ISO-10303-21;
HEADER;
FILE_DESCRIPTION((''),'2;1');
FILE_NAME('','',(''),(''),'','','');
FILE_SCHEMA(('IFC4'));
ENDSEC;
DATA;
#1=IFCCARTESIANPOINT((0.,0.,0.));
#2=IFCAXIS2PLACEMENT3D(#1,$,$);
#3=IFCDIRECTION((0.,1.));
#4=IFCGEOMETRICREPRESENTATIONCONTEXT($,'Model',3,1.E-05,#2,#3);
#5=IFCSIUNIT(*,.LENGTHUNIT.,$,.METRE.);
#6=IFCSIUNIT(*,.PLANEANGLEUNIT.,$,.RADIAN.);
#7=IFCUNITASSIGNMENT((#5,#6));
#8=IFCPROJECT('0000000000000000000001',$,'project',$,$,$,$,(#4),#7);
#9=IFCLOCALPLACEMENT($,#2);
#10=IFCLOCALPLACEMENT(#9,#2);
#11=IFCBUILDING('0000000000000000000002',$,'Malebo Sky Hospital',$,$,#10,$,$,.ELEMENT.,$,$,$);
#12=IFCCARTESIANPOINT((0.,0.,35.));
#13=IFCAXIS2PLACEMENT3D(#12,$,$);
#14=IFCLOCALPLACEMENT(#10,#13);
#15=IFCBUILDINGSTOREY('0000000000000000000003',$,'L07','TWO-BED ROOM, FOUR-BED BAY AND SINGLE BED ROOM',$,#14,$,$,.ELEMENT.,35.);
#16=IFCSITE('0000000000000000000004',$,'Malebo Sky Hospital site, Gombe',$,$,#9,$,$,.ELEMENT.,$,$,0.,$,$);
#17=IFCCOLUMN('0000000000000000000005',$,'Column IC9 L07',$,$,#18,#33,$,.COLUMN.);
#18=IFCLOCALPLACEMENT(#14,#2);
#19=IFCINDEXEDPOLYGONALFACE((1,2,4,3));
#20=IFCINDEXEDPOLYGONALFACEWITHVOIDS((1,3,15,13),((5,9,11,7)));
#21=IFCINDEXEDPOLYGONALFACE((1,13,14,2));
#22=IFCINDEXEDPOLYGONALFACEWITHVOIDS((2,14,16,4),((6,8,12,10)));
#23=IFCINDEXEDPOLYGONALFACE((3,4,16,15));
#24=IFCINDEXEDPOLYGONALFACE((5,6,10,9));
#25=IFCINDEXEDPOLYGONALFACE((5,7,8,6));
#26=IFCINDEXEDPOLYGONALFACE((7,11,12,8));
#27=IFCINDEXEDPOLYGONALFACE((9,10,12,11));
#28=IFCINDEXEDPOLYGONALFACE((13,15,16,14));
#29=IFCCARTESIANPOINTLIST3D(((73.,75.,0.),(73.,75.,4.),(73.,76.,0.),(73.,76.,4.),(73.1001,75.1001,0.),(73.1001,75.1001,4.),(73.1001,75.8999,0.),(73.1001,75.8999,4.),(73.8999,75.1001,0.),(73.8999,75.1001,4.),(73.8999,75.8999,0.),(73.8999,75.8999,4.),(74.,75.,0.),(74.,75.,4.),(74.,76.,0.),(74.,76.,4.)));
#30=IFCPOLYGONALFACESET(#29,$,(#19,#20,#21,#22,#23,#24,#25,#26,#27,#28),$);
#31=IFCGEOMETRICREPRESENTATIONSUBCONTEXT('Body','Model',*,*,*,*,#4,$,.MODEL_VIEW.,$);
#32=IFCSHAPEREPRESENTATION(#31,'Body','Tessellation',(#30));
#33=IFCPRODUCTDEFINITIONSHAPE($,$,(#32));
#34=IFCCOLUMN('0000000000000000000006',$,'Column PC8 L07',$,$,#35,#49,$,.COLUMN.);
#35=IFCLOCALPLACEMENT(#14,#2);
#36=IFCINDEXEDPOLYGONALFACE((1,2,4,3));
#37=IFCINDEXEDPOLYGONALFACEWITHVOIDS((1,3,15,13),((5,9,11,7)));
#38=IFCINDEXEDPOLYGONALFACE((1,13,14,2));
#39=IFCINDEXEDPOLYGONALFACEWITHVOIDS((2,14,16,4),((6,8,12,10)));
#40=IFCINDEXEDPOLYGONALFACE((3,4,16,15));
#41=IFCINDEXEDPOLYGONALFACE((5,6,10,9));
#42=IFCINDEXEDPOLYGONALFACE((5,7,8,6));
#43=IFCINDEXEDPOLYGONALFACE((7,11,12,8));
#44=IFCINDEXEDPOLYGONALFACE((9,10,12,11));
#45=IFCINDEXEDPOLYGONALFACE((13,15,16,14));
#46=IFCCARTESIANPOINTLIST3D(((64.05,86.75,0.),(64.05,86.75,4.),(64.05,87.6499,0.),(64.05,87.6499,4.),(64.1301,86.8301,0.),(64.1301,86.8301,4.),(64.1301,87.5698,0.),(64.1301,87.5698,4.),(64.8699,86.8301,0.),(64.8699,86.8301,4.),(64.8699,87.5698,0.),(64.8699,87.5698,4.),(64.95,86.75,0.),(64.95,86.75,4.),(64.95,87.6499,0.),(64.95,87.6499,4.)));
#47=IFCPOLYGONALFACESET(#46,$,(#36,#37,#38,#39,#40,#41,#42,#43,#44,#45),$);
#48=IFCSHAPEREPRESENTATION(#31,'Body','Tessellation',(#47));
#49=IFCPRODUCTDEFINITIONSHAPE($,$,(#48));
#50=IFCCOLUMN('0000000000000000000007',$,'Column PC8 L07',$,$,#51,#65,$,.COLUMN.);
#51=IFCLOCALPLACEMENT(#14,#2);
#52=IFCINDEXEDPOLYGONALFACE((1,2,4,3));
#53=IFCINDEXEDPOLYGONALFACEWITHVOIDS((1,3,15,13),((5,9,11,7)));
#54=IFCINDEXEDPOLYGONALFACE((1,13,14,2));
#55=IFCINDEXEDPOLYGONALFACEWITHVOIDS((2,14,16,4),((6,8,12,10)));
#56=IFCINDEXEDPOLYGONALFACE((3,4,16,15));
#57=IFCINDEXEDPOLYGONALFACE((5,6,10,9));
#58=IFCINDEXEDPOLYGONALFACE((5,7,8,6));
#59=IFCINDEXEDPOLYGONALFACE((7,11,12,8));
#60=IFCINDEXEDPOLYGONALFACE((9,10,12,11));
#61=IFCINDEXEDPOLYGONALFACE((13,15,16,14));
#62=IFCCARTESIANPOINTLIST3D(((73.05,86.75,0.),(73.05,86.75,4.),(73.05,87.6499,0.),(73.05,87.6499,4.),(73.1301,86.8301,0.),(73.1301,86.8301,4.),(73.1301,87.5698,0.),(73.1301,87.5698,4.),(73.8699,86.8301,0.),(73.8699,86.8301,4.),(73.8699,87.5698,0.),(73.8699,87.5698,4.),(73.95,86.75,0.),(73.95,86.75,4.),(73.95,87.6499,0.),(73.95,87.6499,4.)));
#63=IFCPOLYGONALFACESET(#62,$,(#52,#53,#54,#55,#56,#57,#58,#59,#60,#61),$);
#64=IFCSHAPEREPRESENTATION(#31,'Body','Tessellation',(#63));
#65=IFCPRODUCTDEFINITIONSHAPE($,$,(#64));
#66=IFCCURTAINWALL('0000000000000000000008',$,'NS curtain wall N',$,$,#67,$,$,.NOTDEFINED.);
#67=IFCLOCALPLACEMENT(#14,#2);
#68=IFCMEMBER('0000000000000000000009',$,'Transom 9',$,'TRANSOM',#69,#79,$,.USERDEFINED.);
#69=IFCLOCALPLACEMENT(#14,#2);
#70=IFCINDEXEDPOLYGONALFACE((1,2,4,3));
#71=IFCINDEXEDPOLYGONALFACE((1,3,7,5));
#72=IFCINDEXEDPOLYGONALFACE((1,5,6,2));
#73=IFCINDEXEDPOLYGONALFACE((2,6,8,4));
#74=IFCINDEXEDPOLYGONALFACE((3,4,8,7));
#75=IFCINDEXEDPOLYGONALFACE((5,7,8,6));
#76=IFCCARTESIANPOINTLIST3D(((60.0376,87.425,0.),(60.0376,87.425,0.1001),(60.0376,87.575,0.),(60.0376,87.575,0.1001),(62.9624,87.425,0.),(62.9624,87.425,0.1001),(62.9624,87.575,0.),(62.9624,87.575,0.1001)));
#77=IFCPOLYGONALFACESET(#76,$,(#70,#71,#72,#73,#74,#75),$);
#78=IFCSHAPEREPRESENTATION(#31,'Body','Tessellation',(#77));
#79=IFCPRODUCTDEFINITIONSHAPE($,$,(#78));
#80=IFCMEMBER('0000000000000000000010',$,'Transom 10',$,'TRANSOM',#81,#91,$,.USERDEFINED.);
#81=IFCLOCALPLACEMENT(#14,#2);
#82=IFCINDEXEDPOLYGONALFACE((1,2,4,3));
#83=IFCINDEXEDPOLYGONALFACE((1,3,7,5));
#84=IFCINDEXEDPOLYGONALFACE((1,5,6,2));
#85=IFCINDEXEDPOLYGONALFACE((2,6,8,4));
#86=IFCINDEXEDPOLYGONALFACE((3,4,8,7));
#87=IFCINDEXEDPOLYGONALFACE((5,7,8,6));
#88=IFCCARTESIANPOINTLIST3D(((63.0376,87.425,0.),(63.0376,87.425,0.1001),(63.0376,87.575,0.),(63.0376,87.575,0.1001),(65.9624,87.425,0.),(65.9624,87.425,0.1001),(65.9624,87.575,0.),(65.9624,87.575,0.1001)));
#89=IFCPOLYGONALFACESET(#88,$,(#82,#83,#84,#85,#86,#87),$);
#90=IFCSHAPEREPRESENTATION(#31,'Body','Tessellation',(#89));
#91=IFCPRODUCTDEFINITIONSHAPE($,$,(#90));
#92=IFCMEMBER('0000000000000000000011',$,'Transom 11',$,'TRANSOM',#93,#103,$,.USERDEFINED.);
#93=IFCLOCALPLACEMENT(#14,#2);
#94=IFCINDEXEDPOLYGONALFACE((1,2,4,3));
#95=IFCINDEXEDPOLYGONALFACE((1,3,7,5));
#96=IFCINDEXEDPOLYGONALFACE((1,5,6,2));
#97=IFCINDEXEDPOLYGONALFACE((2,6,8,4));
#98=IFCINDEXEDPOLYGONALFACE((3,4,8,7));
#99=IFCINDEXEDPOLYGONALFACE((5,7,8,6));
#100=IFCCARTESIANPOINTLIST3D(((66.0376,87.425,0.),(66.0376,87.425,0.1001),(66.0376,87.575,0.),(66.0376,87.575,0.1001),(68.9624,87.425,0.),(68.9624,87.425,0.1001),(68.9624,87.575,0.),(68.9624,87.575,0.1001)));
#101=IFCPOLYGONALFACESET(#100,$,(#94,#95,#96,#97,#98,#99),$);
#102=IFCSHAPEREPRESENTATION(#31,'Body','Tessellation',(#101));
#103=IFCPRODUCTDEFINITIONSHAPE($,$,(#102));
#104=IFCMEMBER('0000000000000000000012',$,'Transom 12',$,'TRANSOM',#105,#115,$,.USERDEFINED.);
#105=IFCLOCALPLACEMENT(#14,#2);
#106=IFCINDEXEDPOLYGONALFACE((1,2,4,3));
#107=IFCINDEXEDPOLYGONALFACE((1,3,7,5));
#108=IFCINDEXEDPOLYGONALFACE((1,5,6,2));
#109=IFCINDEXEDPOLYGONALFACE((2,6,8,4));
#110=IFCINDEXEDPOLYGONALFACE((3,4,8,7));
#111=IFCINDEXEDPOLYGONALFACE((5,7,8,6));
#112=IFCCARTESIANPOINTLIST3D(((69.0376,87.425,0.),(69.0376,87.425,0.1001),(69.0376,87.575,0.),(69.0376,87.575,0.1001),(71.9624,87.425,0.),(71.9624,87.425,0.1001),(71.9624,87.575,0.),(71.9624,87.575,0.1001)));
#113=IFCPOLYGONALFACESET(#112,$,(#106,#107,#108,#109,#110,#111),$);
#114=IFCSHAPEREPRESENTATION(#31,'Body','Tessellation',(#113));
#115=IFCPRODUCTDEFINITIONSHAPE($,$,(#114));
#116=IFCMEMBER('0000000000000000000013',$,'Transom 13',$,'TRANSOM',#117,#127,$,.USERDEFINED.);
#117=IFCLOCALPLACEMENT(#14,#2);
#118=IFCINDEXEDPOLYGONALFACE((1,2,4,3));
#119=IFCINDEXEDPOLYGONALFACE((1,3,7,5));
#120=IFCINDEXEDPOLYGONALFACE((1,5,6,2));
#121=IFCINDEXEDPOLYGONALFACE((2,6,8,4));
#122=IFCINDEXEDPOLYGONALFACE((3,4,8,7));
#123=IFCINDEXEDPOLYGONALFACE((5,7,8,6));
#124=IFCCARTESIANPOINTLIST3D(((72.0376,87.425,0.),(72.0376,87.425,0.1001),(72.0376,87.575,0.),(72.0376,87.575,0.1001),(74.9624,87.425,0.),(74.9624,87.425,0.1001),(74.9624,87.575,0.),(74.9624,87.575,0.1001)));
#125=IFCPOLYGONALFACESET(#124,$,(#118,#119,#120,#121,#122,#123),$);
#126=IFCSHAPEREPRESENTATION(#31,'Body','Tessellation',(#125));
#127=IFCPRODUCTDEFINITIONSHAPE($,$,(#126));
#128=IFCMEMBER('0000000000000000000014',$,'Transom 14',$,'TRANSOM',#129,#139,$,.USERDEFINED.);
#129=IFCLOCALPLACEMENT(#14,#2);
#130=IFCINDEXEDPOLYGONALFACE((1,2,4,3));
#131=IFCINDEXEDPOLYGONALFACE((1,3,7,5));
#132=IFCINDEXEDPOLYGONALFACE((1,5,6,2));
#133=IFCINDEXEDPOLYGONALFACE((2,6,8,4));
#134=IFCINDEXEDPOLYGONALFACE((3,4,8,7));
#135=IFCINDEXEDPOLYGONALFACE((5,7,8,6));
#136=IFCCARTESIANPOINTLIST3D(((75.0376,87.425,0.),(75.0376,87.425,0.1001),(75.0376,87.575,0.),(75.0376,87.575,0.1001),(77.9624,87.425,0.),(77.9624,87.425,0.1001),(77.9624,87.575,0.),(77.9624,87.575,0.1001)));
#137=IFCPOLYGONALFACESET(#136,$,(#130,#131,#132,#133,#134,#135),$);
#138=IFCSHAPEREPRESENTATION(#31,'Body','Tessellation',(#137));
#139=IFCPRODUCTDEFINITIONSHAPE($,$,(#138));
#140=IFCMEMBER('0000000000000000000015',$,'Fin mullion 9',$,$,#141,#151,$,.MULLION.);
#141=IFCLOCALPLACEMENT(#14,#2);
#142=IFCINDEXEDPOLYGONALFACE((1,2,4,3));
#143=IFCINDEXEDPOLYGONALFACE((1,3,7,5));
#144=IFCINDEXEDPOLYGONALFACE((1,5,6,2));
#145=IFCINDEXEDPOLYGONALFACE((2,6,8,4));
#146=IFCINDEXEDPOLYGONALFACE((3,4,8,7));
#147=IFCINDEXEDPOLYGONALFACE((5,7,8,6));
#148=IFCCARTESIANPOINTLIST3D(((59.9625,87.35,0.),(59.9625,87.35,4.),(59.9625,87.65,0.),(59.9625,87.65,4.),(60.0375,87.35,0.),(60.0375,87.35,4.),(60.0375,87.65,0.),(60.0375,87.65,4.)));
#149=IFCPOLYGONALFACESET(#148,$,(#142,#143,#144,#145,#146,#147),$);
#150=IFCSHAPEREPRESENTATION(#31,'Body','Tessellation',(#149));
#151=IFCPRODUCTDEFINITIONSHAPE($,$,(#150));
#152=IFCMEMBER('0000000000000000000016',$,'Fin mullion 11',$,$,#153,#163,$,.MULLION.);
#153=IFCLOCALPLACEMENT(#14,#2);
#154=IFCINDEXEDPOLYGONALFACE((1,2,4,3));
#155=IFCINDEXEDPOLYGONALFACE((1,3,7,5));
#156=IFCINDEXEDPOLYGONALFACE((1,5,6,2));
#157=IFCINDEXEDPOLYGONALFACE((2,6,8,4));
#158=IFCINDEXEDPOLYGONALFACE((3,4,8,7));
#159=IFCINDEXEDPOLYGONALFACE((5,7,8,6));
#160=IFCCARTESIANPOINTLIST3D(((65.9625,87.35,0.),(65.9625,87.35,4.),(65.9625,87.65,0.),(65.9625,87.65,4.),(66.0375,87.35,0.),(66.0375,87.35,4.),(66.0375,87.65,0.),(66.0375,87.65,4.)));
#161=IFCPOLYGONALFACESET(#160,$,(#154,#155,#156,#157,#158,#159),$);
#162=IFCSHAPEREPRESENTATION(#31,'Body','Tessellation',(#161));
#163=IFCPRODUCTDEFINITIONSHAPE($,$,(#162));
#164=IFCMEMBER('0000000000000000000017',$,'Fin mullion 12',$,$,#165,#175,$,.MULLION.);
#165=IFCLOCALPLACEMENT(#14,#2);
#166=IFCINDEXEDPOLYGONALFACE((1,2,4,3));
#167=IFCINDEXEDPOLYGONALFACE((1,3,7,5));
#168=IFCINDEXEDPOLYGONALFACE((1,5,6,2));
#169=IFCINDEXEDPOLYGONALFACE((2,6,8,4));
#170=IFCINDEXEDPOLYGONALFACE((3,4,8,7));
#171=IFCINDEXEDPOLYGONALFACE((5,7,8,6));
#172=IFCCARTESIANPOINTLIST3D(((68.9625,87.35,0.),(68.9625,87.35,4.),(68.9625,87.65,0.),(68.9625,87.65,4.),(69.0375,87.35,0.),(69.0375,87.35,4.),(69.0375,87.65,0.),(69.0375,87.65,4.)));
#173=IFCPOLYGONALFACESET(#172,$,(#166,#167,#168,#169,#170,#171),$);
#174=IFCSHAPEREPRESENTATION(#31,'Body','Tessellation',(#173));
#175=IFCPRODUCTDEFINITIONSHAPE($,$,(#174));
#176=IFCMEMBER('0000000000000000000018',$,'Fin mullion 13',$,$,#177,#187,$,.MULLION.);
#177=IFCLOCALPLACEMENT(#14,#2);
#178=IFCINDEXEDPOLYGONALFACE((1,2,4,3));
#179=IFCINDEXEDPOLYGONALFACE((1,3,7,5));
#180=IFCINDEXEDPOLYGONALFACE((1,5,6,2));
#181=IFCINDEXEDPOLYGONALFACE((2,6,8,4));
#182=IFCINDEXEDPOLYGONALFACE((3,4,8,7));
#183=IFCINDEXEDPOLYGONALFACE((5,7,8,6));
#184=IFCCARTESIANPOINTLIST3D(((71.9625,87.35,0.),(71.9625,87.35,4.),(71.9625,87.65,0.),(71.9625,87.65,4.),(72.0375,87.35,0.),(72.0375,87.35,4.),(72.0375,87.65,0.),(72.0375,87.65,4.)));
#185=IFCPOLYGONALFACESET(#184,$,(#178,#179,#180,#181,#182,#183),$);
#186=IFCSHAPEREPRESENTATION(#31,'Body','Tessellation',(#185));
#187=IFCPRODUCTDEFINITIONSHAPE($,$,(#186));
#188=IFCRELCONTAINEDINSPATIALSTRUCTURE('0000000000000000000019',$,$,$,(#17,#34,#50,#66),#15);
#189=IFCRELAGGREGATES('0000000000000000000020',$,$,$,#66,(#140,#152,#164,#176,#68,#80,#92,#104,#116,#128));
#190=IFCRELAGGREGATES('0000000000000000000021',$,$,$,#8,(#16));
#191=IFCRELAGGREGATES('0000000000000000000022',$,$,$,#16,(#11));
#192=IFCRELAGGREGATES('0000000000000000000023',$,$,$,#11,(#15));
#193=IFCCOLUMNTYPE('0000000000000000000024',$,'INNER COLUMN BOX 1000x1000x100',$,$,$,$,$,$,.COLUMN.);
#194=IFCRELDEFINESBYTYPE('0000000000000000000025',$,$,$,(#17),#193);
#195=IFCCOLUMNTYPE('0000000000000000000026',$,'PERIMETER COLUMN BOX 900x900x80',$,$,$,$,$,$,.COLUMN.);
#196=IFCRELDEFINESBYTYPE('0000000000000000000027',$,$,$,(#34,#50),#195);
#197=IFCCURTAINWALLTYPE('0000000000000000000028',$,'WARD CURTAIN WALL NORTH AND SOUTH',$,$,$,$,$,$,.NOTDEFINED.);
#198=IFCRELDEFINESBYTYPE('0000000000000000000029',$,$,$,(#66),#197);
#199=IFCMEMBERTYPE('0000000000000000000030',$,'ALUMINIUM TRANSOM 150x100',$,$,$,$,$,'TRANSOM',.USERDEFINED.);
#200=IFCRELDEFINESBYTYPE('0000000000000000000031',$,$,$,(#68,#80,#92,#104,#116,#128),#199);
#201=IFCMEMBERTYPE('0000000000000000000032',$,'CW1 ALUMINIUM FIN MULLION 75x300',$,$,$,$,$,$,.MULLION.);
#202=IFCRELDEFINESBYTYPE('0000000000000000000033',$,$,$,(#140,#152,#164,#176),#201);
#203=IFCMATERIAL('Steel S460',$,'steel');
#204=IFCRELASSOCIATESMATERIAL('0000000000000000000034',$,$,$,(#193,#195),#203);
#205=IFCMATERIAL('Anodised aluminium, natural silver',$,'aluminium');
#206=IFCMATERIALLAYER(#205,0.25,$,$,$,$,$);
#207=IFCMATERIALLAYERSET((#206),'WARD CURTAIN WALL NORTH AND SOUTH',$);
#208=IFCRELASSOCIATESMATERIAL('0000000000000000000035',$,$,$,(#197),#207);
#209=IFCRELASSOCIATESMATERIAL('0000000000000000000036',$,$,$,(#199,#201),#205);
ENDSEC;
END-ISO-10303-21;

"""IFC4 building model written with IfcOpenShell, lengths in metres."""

from ifc_helpers import new_model, si_unit, direction, frame, origin, origin_2d, place, context, subcontext, project, spatial, rectangle, hollow_rectangle, extrude, material, layer, layer_set, material_profile, profile_set, type_object, element, aggregate, save


model = new_model("IFC4")

# Units and contexts
model_context = context("Model", 3, precision=1e-05, world=origin(), true_north=direction((0.0, 1.0)))
body_context = subcontext(model_context, "Body", "Model", "MODEL_VIEW")
ifc_project = project(units=[si_unit("LENGTHUNIT", "METRE"), si_unit("PLANEANGLEUNIT", "RADIAN")], contexts=[model_context])

# Site, building, storey
site_placement = place(None, origin())
site = spatial("IfcSite", under=ifc_project, at=site_placement, Name="Malebo Sky Hospital site, Gombe", CompositionType="ELEMENT", RefElevation=0.0)
building_placement = place(site_placement, origin())
building = spatial("IfcBuilding", under=site, at=building_placement, Name="Malebo Sky Hospital", CompositionType="ELEMENT")
storey_placement = place(building_placement, frame((0.0, 0.0, 35.0)))
storey = spatial("IfcBuildingStorey", under=building, at=storey_placement, Name="L07", Description="TWO-BED ROOM, FOUR-BED BAY AND SINGLE BED ROOM", CompositionType="ELEMENT", Elevation=35.0)

# Columns
ifc_material_1 = material(Name="Steel S460", Category="steel")
ifc_material_profile_1 = material_profile(ifc_material_1, hollow_rectangle(XDim=1.0, YDim=1.0, WallThickness=0.1001, at=origin_2d()), Name="BOX 1000x1000x100")
ifc_profile_set_1 = profile_set([ifc_material_profile_1], Name="Steel S460")
column_type_1 = type_object("IfcColumnType", Name="INNER COLUMN BOX 1000x1000x100", PredefinedType="COLUMN", material=ifc_profile_set_1)
column_placement = place(storey_placement, frame((73.5, 75.5, 0.0), z_axis=(0.0, 0.0, 1.0), x_axis=(1.0, 0.0, 0.0)))
element("IfcColumn", 1, at=column_placement, inside=storey, type_object=column_type_1, Name="Column IC9 L07", PredefinedType="COLUMN", context=body_context, shape_type="SweptSolid", body=[
    extrude(hollow_rectangle(XDim=1.0, YDim=1.0, WallThickness=0.1001, at=origin_2d()), origin(), (0.0, 0.0, 1.0), 4.0),
])
ifc_material_profile_2 = material_profile(ifc_material_1, hollow_rectangle(XDim=0.8999, YDim=0.8999, WallThickness=0.0801, at=origin_2d()), Name="BOX 900x900x80")
ifc_profile_set_2 = profile_set([ifc_material_profile_2], Name="Steel S460")
column_type_2 = type_object("IfcColumnType", Name="PERIMETER COLUMN BOX 900x900x80", PredefinedType="COLUMN", material=ifc_profile_set_2)
for number, where, z_axis, x_axis, name in (
    (2, (64.5, 87.2, 0.0), (0.0, 0.0, 1.0), (1.0, 0.0, 0.0), "Column PC8 L07"),
    (3, (73.5, 87.2, 0.0), (0.0, 0.0, 1.0), (1.0, 0.0, 0.0), "Column PC8 L07"),
):
    element("IfcColumn", number, at=place(storey_placement, frame(where, z_axis=z_axis, x_axis=x_axis)), inside=storey, type_object=column_type_2, Name=name, PredefinedType="COLUMN", context=body_context, shape_type="SweptSolid", body=[
        extrude(hollow_rectangle(XDim=0.8999, YDim=0.8999, WallThickness=0.0801, at=origin_2d()), origin(), (0.0, 0.0, 1.0), 4.0),
    ])

# Curtain wall, members
ifc_material_2 = material(Name="Anodised aluminium, natural silver", Category="aluminium")
ifc_layer_1 = layer(ifc_material_2, 0.25)
ifc_layer_set_1 = layer_set([ifc_layer_1], Name="WARD CURTAIN WALL NORTH AND SOUTH")
curtain_wall_type = type_object("IfcCurtainWallType", Name="WARD CURTAIN WALL NORTH AND SOUTH", PredefinedType="NOTDEFINED", material=ifc_layer_set_1)
curtain_wall_placement = place(storey_placement, origin())
curtain_wall = element("IfcCurtainWall", 4, at=curtain_wall_placement, inside=storey, type_object=curtain_wall_type, Name="NS curtain wall N", PredefinedType="NOTDEFINED")
ifc_material_profile_3 = material_profile(ifc_material_2, rectangle(XDim=0.1499, YDim=0.1001, at=origin_2d()), Name="ALUMINIUM TRANSOM 150x100")
ifc_profile_set_3 = profile_set([ifc_material_profile_3], Name="Anodised aluminium, natural silver")
member_type_1 = type_object("IfcMemberType", Name="ALUMINIUM TRANSOM 150x100", ElementType="TRANSOM", PredefinedType="USERDEFINED", material=ifc_profile_set_3)
member_1_placement = place(storey_placement, frame((60.0376, 87.5, 0.05), z_axis=(1.0, 0.0, 0.0), x_axis=(0.0, 1.0, 0.0)))
member_1 = element("IfcMember", 5, at=member_1_placement, type_object=member_type_1, Name="Transom 9", ObjectType="TRANSOM", PredefinedType="USERDEFINED", context=body_context, shape_type="SweptSolid", body=[
    extrude(rectangle(XDim=0.1499, YDim=0.1001, at=origin_2d()), origin(), (0.0, 0.0, 1.0), 2.9248),
])
member_2_placement = place(storey_placement, frame((63.0376, 87.5, 0.05), z_axis=(1.0, 0.0, 0.0), x_axis=(0.0, 1.0, 0.0)))
member_2 = element("IfcMember", 6, at=member_2_placement, type_object=member_type_1, Name="Transom 10", ObjectType="TRANSOM", PredefinedType="USERDEFINED", context=body_context, shape_type="SweptSolid", body=[
    extrude(rectangle(XDim=0.1499, YDim=0.1001, at=origin_2d()), origin(), (0.0, 0.0, 1.0), 2.9248),
])
member_3_placement = place(storey_placement, frame((66.0376, 87.5, 0.05), z_axis=(1.0, 0.0, 0.0), x_axis=(0.0, 1.0, 0.0)))
member_3 = element("IfcMember", 7, at=member_3_placement, type_object=member_type_1, Name="Transom 11", ObjectType="TRANSOM", PredefinedType="USERDEFINED", context=body_context, shape_type="SweptSolid", body=[
    extrude(rectangle(XDim=0.1499, YDim=0.1001, at=origin_2d()), origin(), (0.0, 0.0, 1.0), 2.9248),
])
member_4_placement = place(storey_placement, frame((69.0376, 87.5, 0.05), z_axis=(1.0, 0.0, 0.0), x_axis=(0.0, 1.0, 0.0)))
member_4 = element("IfcMember", 8, at=member_4_placement, type_object=member_type_1, Name="Transom 12", ObjectType="TRANSOM", PredefinedType="USERDEFINED", context=body_context, shape_type="SweptSolid", body=[
    extrude(rectangle(XDim=0.1499, YDim=0.1001, at=origin_2d()), origin(), (0.0, 0.0, 1.0), 2.9248),
])
member_5_placement = place(storey_placement, frame((72.0376, 87.5, 0.05), z_axis=(1.0, 0.0, 0.0), x_axis=(0.0, 1.0, 0.0)))
member_5 = element("IfcMember", 9, at=member_5_placement, type_object=member_type_1, Name="Transom 13", ObjectType="TRANSOM", PredefinedType="USERDEFINED", context=body_context, shape_type="SweptSolid", body=[
    extrude(rectangle(XDim=0.1499, YDim=0.1001, at=origin_2d()), origin(), (0.0, 0.0, 1.0), 2.9248),
])
member_6_placement = place(storey_placement, frame((75.0376, 87.5, 0.05), z_axis=(1.0, 0.0, 0.0), x_axis=(0.0, 1.0, 0.0)))
member_6 = element("IfcMember", 10, at=member_6_placement, type_object=member_type_1, Name="Transom 14", ObjectType="TRANSOM", PredefinedType="USERDEFINED", context=body_context, shape_type="SweptSolid", body=[
    extrude(rectangle(XDim=0.1499, YDim=0.1001, at=origin_2d()), origin(), (0.0, 0.0, 1.0), 2.9248),
])
ifc_material_profile_4 = material_profile(ifc_material_2, rectangle(XDim=0.075, YDim=0.3, at=origin_2d()), Name="CW1 ALUMINIUM FIN MULLION 75x300")
ifc_profile_set_4 = profile_set([ifc_material_profile_4], Name="Anodised aluminium, natural silver")
member_type_2 = type_object("IfcMemberType", Name="CW1 ALUMINIUM FIN MULLION 75x300", PredefinedType="MULLION", material=ifc_profile_set_4)
member_7_placement = place(storey_placement, frame((60.0, 87.5, 0.0), z_axis=(0.0, 0.0, 1.0), x_axis=(1.0, 0.0, 0.0)))
member_7 = element("IfcMember", 11, at=member_7_placement, type_object=member_type_2, Name="Fin mullion 9", PredefinedType="MULLION", context=body_context, shape_type="SweptSolid", body=[
    extrude(rectangle(XDim=0.075, YDim=0.3, at=origin_2d()), origin(), (0.0, 0.0, 1.0), 4.0),
])
member_8_placement = place(storey_placement, frame((66.0, 87.5, 0.0), z_axis=(0.0, 0.0, 1.0), x_axis=(1.0, 0.0, 0.0)))
member_8 = element("IfcMember", 12, at=member_8_placement, type_object=member_type_2, Name="Fin mullion 11", PredefinedType="MULLION", context=body_context, shape_type="SweptSolid", body=[
    extrude(rectangle(XDim=0.075, YDim=0.3, at=origin_2d()), origin(), (0.0, 0.0, 1.0), 4.0),
])
member_9_placement = place(storey_placement, frame((69.0, 87.5, 0.0), z_axis=(0.0, 0.0, 1.0), x_axis=(1.0, 0.0, 0.0)))
member_9 = element("IfcMember", 13, at=member_9_placement, type_object=member_type_2, Name="Fin mullion 12", PredefinedType="MULLION", context=body_context, shape_type="SweptSolid", body=[
    extrude(rectangle(XDim=0.075, YDim=0.3, at=origin_2d()), origin(), (0.0, 0.0, 1.0), 4.0),
])
member_10_placement = place(storey_placement, frame((72.0, 87.5, 0.0), z_axis=(0.0, 0.0, 1.0), x_axis=(1.0, 0.0, 0.0)))
member_10 = element("IfcMember", 14, at=member_10_placement, type_object=member_type_2, Name="Fin mullion 13", PredefinedType="MULLION", context=body_context, shape_type="SweptSolid", body=[
    extrude(rectangle(XDim=0.075, YDim=0.3, at=origin_2d()), origin(), (0.0, 0.0, 1.0), 4.0),
])

aggregate(curtain_wall, [member_7, member_8, member_9, member_10, member_1, member_2, member_3, member_4, member_5, member_6])

save(model, "model.ifc")
